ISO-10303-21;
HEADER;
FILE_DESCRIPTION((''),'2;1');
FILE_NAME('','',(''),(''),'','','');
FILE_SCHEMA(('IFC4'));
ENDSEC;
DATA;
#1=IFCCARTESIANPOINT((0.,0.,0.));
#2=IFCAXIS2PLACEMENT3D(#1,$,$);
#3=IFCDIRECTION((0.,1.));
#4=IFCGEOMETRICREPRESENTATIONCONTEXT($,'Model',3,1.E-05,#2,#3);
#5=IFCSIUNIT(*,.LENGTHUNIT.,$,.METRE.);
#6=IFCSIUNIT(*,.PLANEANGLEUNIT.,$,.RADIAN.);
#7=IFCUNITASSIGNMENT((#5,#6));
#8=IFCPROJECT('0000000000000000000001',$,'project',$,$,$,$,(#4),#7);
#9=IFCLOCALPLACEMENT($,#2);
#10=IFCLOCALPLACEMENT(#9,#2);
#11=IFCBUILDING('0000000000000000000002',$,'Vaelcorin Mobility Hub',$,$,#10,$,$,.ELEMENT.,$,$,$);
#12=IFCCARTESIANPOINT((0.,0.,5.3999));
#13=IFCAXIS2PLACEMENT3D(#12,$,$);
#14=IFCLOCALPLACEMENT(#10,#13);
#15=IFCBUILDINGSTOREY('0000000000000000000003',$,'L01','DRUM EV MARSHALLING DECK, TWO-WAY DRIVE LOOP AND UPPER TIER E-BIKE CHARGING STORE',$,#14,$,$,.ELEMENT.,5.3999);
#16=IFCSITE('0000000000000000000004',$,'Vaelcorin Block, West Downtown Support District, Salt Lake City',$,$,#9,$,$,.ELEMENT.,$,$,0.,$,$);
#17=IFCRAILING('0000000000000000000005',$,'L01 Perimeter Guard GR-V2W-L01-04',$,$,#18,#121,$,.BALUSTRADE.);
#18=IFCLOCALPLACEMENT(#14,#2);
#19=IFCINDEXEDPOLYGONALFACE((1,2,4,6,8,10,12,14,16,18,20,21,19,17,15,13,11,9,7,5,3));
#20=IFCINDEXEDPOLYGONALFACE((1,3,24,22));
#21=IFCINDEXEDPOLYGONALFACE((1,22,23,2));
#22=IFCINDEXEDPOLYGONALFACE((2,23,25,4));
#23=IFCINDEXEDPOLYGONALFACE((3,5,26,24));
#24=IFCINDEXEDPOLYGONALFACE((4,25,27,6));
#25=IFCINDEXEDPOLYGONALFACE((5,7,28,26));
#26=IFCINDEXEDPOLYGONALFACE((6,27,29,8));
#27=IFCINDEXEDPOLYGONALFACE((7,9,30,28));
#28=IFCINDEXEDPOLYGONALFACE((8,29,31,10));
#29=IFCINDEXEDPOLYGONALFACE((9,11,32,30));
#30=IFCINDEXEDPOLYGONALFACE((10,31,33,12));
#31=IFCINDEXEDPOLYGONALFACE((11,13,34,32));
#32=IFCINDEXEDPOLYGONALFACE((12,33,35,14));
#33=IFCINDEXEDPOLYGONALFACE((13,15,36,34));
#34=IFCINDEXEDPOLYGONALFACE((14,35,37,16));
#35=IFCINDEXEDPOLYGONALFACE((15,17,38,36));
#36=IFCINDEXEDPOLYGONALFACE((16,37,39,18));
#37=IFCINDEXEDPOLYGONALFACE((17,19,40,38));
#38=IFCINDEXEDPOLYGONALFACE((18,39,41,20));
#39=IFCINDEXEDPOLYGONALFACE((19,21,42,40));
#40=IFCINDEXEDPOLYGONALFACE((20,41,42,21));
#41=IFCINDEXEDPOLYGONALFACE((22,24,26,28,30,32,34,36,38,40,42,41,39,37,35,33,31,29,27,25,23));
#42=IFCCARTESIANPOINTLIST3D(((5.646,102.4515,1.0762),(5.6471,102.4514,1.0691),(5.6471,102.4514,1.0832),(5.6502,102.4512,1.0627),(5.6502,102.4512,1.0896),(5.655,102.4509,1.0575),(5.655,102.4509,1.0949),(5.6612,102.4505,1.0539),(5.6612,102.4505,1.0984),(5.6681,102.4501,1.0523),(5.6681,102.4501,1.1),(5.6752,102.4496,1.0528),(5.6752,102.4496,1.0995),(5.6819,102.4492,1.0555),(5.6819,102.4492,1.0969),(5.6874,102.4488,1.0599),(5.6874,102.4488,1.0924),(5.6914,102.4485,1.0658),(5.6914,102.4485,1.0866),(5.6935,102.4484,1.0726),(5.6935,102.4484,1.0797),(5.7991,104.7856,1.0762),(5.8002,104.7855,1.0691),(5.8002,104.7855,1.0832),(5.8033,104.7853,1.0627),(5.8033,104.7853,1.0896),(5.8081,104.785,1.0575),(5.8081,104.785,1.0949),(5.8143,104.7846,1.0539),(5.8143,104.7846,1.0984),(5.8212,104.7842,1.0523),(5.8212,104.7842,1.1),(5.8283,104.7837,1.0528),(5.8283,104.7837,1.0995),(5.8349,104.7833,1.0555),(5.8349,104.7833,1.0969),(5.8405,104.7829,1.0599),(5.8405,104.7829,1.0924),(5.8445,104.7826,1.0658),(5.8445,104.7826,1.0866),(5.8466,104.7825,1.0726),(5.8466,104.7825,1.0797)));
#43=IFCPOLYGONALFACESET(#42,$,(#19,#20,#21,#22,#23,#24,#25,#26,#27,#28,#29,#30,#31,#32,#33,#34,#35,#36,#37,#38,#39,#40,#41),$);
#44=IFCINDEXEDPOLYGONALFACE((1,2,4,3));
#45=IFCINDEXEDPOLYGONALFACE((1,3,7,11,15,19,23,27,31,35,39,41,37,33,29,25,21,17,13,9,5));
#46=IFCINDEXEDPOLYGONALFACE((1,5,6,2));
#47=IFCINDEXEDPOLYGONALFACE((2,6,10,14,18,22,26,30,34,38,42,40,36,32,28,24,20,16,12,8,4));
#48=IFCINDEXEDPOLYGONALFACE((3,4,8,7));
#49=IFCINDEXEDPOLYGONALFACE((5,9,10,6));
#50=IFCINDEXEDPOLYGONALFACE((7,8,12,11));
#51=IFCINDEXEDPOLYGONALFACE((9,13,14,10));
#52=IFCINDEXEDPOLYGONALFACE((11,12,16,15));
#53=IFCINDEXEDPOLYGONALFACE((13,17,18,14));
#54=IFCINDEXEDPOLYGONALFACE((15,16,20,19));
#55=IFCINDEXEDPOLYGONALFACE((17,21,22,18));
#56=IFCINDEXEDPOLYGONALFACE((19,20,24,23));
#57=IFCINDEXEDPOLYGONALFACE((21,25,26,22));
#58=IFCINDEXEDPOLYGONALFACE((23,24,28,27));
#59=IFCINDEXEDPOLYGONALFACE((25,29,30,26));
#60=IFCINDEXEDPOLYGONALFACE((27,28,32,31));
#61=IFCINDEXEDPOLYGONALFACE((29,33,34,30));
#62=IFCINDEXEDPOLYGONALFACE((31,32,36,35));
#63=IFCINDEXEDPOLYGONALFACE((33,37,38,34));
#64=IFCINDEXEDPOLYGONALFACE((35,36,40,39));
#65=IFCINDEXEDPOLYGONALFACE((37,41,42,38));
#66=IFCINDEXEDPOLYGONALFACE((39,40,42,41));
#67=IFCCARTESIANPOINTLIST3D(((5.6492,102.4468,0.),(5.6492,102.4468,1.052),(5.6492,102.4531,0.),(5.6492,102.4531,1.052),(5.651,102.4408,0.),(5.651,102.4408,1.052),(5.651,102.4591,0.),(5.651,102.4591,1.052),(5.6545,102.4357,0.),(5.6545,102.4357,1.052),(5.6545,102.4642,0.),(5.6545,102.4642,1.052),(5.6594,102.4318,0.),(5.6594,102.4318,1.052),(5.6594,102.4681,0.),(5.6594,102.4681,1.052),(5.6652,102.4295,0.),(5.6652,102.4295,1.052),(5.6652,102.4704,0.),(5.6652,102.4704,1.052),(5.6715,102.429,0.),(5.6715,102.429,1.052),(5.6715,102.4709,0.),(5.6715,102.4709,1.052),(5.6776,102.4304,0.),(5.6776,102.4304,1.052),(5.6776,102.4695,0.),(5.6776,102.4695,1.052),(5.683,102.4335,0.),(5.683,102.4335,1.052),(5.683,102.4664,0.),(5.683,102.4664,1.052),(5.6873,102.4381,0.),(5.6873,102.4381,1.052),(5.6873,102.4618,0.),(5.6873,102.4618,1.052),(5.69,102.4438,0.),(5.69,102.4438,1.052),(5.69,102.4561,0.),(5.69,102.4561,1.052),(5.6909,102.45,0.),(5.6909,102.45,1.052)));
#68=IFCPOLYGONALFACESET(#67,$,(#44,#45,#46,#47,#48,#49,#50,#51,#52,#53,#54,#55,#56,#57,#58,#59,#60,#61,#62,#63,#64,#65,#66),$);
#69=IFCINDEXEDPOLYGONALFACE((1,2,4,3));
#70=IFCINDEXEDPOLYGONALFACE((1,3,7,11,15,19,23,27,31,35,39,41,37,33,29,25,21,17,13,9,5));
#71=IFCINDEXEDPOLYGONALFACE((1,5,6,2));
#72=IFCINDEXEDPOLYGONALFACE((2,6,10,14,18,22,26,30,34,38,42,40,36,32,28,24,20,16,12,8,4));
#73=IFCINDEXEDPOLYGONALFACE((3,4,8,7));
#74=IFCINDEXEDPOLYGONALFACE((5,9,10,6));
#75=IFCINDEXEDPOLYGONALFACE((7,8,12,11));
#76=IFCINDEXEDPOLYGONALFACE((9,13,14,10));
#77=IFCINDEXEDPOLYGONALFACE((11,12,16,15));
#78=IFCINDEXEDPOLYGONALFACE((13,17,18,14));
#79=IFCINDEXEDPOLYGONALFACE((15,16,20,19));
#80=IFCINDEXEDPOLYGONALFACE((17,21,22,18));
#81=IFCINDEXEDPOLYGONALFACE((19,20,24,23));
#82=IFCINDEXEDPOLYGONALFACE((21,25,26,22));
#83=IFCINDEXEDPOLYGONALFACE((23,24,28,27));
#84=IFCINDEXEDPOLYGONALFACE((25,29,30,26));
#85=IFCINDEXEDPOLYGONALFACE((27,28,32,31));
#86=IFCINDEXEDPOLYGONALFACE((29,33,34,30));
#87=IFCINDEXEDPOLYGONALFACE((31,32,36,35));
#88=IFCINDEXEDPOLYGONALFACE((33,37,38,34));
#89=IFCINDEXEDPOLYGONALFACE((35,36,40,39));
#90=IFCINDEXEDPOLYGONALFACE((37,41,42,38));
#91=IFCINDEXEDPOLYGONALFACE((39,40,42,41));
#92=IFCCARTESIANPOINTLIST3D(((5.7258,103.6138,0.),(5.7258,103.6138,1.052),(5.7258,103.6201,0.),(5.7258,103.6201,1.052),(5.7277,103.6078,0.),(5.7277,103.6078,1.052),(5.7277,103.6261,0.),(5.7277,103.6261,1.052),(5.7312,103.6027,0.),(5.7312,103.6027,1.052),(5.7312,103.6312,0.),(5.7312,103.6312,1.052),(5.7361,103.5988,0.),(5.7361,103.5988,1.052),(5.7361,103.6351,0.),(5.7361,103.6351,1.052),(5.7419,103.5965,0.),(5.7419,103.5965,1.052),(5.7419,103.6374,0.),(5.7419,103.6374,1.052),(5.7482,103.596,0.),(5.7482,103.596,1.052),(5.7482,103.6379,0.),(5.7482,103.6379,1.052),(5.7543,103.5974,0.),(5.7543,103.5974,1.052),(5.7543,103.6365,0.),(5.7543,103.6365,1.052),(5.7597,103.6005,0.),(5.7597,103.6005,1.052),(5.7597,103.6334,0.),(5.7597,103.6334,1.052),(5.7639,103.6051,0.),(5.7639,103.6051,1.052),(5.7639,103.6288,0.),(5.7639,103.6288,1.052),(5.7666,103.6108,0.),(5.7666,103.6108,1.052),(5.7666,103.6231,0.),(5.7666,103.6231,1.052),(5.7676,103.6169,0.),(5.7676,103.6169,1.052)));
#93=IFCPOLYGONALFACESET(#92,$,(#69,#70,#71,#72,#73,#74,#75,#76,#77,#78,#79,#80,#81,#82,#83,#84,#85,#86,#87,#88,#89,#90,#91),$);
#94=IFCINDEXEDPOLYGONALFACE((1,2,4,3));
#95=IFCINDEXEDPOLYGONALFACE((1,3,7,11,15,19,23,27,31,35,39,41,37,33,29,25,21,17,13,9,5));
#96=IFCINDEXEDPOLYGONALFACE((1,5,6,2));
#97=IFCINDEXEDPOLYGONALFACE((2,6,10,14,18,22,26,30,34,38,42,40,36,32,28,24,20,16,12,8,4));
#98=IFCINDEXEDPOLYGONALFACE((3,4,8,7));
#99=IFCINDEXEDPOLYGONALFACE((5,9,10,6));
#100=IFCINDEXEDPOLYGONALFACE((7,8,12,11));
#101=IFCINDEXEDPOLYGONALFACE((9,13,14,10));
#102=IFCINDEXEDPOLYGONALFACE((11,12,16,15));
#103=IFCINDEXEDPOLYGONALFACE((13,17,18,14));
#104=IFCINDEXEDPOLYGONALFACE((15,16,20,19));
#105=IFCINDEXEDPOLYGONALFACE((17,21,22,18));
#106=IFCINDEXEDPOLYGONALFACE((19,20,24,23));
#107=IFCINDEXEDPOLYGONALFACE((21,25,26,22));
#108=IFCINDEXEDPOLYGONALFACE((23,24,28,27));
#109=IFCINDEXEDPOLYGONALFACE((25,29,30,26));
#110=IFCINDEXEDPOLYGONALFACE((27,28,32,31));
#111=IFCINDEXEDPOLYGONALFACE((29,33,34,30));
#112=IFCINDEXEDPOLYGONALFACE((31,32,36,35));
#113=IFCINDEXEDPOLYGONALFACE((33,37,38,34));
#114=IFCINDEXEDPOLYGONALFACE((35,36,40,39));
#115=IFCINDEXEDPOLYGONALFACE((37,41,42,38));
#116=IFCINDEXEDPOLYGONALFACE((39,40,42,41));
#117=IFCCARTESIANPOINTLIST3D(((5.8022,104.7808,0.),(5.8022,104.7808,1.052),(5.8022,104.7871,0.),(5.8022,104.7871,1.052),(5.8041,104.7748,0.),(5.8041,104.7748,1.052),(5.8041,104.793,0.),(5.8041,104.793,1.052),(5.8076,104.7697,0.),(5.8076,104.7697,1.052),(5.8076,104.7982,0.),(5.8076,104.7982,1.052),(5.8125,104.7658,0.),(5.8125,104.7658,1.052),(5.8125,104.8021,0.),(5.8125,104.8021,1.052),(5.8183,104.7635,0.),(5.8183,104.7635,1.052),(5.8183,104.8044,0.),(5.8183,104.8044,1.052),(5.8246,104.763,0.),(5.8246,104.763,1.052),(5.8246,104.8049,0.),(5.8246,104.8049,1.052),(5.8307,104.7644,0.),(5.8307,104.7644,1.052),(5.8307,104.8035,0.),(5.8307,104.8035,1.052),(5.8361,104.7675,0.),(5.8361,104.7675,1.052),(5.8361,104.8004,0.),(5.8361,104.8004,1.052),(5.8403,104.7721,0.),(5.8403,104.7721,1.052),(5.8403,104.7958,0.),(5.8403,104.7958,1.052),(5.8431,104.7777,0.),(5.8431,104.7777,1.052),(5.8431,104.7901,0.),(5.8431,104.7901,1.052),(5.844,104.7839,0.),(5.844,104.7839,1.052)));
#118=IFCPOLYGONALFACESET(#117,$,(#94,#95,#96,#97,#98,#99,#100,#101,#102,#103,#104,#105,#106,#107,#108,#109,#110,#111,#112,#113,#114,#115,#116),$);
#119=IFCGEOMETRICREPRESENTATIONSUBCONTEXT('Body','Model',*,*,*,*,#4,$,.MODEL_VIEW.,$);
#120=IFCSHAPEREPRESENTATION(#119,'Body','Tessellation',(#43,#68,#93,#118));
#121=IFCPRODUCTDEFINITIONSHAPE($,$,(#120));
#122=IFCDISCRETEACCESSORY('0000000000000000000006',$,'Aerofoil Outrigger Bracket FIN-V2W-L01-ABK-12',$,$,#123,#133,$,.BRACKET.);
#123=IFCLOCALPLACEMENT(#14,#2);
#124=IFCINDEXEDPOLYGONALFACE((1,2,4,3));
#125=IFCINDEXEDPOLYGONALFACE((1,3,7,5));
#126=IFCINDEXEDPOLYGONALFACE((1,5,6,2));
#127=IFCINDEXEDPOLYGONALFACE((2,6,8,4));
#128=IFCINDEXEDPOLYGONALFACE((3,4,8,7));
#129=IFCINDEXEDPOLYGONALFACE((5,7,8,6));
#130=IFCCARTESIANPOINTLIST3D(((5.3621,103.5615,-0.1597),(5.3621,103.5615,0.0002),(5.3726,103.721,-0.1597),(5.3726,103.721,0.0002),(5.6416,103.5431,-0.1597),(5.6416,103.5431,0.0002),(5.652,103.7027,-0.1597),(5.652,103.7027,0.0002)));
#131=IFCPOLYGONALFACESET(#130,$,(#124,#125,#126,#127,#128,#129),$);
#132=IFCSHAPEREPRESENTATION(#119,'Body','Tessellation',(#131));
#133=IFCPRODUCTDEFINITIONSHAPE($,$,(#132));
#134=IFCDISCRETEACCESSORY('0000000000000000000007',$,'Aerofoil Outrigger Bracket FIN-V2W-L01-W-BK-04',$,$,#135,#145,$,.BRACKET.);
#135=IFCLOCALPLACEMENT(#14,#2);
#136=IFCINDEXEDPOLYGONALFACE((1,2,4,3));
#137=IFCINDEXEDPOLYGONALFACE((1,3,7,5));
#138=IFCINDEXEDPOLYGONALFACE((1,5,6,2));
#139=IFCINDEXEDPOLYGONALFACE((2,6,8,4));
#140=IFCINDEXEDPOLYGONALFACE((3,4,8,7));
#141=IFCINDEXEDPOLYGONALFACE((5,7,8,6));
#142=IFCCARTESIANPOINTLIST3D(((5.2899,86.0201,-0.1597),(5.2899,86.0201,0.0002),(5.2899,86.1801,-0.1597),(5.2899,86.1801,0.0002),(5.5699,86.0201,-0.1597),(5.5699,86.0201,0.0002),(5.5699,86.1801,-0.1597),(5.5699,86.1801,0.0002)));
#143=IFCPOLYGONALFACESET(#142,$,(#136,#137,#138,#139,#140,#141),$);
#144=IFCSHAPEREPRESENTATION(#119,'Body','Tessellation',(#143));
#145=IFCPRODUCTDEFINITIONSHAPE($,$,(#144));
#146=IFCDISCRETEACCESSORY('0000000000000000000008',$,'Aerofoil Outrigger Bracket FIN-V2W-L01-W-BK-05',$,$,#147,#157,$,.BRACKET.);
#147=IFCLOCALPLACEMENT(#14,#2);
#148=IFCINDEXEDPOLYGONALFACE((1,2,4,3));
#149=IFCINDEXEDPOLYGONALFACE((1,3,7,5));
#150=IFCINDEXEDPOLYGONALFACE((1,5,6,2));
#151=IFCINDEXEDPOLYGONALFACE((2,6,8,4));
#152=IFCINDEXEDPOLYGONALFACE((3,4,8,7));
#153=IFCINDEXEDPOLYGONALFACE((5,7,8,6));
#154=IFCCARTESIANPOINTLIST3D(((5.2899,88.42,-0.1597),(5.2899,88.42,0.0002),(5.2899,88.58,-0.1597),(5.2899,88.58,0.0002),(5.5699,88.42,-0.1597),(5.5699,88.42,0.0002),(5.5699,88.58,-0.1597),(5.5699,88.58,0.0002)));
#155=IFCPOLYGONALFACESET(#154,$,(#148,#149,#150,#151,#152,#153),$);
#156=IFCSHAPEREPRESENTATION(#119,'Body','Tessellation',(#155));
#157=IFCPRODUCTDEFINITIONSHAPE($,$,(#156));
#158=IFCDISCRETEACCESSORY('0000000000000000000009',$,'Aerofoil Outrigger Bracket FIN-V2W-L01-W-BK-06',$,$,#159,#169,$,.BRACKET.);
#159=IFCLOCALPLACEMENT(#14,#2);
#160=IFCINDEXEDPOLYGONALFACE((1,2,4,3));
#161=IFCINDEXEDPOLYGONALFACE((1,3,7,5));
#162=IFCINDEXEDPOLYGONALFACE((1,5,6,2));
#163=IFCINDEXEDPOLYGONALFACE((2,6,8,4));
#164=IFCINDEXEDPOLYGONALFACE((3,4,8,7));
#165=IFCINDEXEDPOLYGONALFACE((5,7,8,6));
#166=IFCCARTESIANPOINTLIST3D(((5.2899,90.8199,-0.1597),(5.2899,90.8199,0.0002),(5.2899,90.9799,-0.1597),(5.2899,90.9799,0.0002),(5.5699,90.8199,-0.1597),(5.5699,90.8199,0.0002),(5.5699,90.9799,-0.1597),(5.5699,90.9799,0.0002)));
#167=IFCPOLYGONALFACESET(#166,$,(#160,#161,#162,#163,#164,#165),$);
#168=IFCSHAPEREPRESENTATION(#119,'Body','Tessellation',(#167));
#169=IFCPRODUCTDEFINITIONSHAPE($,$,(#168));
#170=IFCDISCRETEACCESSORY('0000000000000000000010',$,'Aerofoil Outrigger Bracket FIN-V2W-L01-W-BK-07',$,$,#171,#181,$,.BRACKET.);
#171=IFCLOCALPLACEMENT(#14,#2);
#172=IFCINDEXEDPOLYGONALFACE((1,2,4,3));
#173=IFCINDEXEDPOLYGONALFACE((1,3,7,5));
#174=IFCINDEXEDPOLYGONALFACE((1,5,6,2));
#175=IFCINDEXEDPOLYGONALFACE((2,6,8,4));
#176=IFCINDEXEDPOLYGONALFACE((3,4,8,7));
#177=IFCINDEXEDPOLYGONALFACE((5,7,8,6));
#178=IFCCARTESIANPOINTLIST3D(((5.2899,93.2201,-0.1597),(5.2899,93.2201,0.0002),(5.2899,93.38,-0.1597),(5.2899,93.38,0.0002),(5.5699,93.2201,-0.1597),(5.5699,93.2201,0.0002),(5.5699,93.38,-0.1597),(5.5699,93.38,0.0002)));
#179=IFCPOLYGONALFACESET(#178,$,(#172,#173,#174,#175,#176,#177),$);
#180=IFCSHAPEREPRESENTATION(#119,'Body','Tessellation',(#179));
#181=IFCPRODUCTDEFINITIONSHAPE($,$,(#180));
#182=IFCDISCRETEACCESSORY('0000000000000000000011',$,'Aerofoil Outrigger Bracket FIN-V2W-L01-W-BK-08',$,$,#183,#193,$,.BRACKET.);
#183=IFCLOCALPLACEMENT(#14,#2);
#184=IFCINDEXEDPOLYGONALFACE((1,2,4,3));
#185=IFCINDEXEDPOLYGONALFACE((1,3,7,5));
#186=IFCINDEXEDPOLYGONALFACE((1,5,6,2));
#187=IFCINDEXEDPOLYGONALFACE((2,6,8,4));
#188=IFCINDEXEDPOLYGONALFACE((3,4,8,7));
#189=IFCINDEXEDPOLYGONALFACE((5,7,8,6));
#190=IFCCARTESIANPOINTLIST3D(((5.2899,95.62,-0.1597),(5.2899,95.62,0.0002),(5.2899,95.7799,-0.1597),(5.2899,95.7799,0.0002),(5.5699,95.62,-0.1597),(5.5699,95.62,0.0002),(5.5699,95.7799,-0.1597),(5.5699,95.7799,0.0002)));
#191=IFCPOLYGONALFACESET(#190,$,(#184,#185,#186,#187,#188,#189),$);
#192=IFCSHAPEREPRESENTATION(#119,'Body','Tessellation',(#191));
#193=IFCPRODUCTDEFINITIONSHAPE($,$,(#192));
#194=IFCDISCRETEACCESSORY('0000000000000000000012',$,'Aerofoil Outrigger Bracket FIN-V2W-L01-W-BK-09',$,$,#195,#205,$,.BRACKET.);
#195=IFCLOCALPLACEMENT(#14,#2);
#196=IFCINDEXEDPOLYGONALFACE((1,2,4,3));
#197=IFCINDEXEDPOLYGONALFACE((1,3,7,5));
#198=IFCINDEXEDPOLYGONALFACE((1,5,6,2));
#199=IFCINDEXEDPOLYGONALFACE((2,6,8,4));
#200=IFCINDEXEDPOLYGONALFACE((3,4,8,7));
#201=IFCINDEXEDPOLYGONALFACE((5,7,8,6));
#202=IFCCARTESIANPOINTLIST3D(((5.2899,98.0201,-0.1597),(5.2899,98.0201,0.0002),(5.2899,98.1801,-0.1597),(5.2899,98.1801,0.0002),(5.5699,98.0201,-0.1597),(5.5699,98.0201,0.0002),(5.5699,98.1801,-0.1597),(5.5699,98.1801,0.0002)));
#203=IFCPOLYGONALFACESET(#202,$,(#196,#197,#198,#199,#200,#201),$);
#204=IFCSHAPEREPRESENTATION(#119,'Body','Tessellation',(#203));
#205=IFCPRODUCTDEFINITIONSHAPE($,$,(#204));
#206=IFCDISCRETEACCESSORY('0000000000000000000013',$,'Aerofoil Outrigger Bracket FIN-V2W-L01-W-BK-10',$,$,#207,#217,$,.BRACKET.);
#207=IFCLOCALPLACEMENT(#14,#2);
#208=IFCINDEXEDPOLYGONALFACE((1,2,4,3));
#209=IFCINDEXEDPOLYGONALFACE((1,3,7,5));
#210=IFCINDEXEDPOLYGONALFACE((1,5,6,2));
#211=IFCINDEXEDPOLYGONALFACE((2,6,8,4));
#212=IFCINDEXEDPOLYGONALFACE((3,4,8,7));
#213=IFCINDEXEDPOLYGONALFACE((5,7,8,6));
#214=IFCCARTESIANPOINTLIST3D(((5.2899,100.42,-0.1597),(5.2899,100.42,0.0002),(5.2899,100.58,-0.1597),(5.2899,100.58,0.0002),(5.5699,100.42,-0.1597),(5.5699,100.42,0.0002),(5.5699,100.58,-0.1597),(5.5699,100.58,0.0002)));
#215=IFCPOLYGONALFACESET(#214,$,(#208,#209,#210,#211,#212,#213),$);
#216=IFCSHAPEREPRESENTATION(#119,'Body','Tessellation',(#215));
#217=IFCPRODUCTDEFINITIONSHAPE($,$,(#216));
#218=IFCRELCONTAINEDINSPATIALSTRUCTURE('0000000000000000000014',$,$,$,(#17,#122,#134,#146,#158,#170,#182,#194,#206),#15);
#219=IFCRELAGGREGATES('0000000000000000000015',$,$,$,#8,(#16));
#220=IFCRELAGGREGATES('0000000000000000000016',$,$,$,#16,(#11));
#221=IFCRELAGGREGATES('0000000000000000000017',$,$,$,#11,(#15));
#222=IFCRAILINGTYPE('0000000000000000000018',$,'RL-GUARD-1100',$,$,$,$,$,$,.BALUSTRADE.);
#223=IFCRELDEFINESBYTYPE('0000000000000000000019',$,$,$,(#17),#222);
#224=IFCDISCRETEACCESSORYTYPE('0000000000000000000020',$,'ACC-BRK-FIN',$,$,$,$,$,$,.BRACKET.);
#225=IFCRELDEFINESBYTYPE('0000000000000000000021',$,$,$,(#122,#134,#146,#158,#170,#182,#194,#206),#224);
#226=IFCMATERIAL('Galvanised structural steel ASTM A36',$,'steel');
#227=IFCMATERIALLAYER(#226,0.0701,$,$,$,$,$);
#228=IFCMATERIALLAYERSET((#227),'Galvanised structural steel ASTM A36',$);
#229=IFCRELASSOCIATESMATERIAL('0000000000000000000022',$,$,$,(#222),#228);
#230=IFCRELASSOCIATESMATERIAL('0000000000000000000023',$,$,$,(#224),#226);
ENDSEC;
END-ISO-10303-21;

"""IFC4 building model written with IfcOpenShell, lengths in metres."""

from ifc_helpers import new_model, si_unit, direction, frame, origin, origin_2d, place, context, subcontext, project, spatial, rectangle, circle, extrude, material, layer, layer_set, type_object, element, save


model = new_model("IFC4")

# Units and contexts
model_context = context("Model", 3, precision=1e-05, world=origin(), true_north=direction((0.0, 1.0)))
body_context = subcontext(model_context, "Body", "Model", "MODEL_VIEW")
ifc_project = project(units=[si_unit("LENGTHUNIT", "METRE"), si_unit("PLANEANGLEUNIT", "RADIAN")], contexts=[model_context])

# Site, building, storey
site_placement = place(None, origin())
site = spatial("IfcSite", under=ifc_project, at=site_placement, Name="Vaelcorin Block, West Downtown Support District, Salt Lake City", CompositionType="ELEMENT", RefElevation=0.0)
building_placement = place(site_placement, origin())
building = spatial("IfcBuilding", under=site, at=building_placement, Name="Vaelcorin Mobility Hub", CompositionType="ELEMENT")
storey_placement = place(building_placement, frame((0.0, 0.0, 5.3999)))
storey = spatial("IfcBuildingStorey", under=building, at=storey_placement, Name="L01", Description="DRUM EV MARSHALLING DECK, TWO-WAY DRIVE LOOP AND UPPER TIER E-BIKE CHARGING STORE", CompositionType="ELEMENT", Elevation=5.3999)

# Railing
ifc_material_1 = material(Name="Galvanised structural steel ASTM A36", Category="steel")
ifc_layer_1 = layer(ifc_material_1, 0.0701)
ifc_layer_set_1 = layer_set([ifc_layer_1], Name="Galvanised structural steel ASTM A36")
railing_type = type_object("IfcRailingType", Name="RL-GUARD-1100", PredefinedType="BALUSTRADE", material=ifc_layer_set_1)
railing_1_placement = place(storey_placement, frame((5.6699, 102.45, 0.0)))
element("IfcRailing", 1, at=railing_1_placement, inside=storey, type_object=railing_type, Name="L01 Perimeter Guard GR-V2W-L01-04", PredefinedType="BALUSTRADE", context=body_context, shape_type="SweptSolid", body=[
    extrude(circle(Radius=0.0239, at=origin_2d()), frame((0.0, 0.0, 1.0762), z_axis=(0.065445, 0.997856, 0.0), x_axis=(-0.997856, 0.065445, 0.0)), (0.0, 0.0, 1.0), 2.3391),
    extrude(circle(Radius=0.021, at=origin_2d()), origin(), (0.0, 0.0, 1.0), 1.052),
    extrude(circle(Radius=0.021, at=origin_2d()), frame((0.0767, 1.167, 0.0)), (0.0, 0.0, 1.0), 1.052),
    extrude(circle(Radius=0.021, at=origin_2d()), frame((0.1531, 2.334, 0.0)), (0.0, 0.0, 1.0), 1.052),
])

# Discrete accessories
discrete_accessory_type = type_object("IfcDiscreteAccessoryType", Name="ACC-BRK-FIN", PredefinedType="BRACKET", material=ifc_material_1)
for number, where, z_axis, x_axis, name in (
    (2, (5.5071, 103.6321, -0.1597), (0.0, 0.0, 1.0), (-0.997858, 0.065421, 0.0), "Aerofoil Outrigger Bracket FIN-V2W-L01-ABK-12"),
    (3, (5.4299, 86.1001, -0.1597), (0.0, 0.0, 1.0), (-1.0, 0.0, 0.0), "Aerofoil Outrigger Bracket FIN-V2W-L01-W-BK-04"),
    (4, (5.4299, 88.5, -0.1597), (0.0, 0.0, 1.0), (-1.0, 0.0, 0.0), "Aerofoil Outrigger Bracket FIN-V2W-L01-W-BK-05"),
    (5, (5.4299, 90.8999, -0.1597), (0.0, 0.0, 1.0), (-1.0, 0.0, 0.0), "Aerofoil Outrigger Bracket FIN-V2W-L01-W-BK-06"),
    (6, (5.4299, 93.3, -0.1597), (0.0, 0.0, 1.0), (-1.0, 0.0, 0.0), "Aerofoil Outrigger Bracket FIN-V2W-L01-W-BK-07"),
    (7, (5.4299, 95.7, -0.1597), (0.0, 0.0, 1.0), (-1.0, 0.0, 0.0), "Aerofoil Outrigger Bracket FIN-V2W-L01-W-BK-08"),
    (8, (5.4299, 98.1001, -0.1597), (0.0, 0.0, 1.0), (-1.0, 0.0, 0.0), "Aerofoil Outrigger Bracket FIN-V2W-L01-W-BK-09"),
    (9, (5.4299, 100.5, -0.1597), (0.0, 0.0, 1.0), (-1.0, 0.0, 0.0), "Aerofoil Outrigger Bracket FIN-V2W-L01-W-BK-10"),
):
    element("IfcDiscreteAccessory", number, at=place(storey_placement, frame(where, z_axis=z_axis, x_axis=x_axis)), inside=storey, type_object=discrete_accessory_type, Name=name, PredefinedType="BRACKET", context=body_context, shape_type="SweptSolid", body=[
        extrude(rectangle(XDim=0.28, YDim=0.1599, at=origin_2d()), origin(), (0.0, 0.0, 1.0), 0.1599),
    ])

save(model, "model.ifc")
